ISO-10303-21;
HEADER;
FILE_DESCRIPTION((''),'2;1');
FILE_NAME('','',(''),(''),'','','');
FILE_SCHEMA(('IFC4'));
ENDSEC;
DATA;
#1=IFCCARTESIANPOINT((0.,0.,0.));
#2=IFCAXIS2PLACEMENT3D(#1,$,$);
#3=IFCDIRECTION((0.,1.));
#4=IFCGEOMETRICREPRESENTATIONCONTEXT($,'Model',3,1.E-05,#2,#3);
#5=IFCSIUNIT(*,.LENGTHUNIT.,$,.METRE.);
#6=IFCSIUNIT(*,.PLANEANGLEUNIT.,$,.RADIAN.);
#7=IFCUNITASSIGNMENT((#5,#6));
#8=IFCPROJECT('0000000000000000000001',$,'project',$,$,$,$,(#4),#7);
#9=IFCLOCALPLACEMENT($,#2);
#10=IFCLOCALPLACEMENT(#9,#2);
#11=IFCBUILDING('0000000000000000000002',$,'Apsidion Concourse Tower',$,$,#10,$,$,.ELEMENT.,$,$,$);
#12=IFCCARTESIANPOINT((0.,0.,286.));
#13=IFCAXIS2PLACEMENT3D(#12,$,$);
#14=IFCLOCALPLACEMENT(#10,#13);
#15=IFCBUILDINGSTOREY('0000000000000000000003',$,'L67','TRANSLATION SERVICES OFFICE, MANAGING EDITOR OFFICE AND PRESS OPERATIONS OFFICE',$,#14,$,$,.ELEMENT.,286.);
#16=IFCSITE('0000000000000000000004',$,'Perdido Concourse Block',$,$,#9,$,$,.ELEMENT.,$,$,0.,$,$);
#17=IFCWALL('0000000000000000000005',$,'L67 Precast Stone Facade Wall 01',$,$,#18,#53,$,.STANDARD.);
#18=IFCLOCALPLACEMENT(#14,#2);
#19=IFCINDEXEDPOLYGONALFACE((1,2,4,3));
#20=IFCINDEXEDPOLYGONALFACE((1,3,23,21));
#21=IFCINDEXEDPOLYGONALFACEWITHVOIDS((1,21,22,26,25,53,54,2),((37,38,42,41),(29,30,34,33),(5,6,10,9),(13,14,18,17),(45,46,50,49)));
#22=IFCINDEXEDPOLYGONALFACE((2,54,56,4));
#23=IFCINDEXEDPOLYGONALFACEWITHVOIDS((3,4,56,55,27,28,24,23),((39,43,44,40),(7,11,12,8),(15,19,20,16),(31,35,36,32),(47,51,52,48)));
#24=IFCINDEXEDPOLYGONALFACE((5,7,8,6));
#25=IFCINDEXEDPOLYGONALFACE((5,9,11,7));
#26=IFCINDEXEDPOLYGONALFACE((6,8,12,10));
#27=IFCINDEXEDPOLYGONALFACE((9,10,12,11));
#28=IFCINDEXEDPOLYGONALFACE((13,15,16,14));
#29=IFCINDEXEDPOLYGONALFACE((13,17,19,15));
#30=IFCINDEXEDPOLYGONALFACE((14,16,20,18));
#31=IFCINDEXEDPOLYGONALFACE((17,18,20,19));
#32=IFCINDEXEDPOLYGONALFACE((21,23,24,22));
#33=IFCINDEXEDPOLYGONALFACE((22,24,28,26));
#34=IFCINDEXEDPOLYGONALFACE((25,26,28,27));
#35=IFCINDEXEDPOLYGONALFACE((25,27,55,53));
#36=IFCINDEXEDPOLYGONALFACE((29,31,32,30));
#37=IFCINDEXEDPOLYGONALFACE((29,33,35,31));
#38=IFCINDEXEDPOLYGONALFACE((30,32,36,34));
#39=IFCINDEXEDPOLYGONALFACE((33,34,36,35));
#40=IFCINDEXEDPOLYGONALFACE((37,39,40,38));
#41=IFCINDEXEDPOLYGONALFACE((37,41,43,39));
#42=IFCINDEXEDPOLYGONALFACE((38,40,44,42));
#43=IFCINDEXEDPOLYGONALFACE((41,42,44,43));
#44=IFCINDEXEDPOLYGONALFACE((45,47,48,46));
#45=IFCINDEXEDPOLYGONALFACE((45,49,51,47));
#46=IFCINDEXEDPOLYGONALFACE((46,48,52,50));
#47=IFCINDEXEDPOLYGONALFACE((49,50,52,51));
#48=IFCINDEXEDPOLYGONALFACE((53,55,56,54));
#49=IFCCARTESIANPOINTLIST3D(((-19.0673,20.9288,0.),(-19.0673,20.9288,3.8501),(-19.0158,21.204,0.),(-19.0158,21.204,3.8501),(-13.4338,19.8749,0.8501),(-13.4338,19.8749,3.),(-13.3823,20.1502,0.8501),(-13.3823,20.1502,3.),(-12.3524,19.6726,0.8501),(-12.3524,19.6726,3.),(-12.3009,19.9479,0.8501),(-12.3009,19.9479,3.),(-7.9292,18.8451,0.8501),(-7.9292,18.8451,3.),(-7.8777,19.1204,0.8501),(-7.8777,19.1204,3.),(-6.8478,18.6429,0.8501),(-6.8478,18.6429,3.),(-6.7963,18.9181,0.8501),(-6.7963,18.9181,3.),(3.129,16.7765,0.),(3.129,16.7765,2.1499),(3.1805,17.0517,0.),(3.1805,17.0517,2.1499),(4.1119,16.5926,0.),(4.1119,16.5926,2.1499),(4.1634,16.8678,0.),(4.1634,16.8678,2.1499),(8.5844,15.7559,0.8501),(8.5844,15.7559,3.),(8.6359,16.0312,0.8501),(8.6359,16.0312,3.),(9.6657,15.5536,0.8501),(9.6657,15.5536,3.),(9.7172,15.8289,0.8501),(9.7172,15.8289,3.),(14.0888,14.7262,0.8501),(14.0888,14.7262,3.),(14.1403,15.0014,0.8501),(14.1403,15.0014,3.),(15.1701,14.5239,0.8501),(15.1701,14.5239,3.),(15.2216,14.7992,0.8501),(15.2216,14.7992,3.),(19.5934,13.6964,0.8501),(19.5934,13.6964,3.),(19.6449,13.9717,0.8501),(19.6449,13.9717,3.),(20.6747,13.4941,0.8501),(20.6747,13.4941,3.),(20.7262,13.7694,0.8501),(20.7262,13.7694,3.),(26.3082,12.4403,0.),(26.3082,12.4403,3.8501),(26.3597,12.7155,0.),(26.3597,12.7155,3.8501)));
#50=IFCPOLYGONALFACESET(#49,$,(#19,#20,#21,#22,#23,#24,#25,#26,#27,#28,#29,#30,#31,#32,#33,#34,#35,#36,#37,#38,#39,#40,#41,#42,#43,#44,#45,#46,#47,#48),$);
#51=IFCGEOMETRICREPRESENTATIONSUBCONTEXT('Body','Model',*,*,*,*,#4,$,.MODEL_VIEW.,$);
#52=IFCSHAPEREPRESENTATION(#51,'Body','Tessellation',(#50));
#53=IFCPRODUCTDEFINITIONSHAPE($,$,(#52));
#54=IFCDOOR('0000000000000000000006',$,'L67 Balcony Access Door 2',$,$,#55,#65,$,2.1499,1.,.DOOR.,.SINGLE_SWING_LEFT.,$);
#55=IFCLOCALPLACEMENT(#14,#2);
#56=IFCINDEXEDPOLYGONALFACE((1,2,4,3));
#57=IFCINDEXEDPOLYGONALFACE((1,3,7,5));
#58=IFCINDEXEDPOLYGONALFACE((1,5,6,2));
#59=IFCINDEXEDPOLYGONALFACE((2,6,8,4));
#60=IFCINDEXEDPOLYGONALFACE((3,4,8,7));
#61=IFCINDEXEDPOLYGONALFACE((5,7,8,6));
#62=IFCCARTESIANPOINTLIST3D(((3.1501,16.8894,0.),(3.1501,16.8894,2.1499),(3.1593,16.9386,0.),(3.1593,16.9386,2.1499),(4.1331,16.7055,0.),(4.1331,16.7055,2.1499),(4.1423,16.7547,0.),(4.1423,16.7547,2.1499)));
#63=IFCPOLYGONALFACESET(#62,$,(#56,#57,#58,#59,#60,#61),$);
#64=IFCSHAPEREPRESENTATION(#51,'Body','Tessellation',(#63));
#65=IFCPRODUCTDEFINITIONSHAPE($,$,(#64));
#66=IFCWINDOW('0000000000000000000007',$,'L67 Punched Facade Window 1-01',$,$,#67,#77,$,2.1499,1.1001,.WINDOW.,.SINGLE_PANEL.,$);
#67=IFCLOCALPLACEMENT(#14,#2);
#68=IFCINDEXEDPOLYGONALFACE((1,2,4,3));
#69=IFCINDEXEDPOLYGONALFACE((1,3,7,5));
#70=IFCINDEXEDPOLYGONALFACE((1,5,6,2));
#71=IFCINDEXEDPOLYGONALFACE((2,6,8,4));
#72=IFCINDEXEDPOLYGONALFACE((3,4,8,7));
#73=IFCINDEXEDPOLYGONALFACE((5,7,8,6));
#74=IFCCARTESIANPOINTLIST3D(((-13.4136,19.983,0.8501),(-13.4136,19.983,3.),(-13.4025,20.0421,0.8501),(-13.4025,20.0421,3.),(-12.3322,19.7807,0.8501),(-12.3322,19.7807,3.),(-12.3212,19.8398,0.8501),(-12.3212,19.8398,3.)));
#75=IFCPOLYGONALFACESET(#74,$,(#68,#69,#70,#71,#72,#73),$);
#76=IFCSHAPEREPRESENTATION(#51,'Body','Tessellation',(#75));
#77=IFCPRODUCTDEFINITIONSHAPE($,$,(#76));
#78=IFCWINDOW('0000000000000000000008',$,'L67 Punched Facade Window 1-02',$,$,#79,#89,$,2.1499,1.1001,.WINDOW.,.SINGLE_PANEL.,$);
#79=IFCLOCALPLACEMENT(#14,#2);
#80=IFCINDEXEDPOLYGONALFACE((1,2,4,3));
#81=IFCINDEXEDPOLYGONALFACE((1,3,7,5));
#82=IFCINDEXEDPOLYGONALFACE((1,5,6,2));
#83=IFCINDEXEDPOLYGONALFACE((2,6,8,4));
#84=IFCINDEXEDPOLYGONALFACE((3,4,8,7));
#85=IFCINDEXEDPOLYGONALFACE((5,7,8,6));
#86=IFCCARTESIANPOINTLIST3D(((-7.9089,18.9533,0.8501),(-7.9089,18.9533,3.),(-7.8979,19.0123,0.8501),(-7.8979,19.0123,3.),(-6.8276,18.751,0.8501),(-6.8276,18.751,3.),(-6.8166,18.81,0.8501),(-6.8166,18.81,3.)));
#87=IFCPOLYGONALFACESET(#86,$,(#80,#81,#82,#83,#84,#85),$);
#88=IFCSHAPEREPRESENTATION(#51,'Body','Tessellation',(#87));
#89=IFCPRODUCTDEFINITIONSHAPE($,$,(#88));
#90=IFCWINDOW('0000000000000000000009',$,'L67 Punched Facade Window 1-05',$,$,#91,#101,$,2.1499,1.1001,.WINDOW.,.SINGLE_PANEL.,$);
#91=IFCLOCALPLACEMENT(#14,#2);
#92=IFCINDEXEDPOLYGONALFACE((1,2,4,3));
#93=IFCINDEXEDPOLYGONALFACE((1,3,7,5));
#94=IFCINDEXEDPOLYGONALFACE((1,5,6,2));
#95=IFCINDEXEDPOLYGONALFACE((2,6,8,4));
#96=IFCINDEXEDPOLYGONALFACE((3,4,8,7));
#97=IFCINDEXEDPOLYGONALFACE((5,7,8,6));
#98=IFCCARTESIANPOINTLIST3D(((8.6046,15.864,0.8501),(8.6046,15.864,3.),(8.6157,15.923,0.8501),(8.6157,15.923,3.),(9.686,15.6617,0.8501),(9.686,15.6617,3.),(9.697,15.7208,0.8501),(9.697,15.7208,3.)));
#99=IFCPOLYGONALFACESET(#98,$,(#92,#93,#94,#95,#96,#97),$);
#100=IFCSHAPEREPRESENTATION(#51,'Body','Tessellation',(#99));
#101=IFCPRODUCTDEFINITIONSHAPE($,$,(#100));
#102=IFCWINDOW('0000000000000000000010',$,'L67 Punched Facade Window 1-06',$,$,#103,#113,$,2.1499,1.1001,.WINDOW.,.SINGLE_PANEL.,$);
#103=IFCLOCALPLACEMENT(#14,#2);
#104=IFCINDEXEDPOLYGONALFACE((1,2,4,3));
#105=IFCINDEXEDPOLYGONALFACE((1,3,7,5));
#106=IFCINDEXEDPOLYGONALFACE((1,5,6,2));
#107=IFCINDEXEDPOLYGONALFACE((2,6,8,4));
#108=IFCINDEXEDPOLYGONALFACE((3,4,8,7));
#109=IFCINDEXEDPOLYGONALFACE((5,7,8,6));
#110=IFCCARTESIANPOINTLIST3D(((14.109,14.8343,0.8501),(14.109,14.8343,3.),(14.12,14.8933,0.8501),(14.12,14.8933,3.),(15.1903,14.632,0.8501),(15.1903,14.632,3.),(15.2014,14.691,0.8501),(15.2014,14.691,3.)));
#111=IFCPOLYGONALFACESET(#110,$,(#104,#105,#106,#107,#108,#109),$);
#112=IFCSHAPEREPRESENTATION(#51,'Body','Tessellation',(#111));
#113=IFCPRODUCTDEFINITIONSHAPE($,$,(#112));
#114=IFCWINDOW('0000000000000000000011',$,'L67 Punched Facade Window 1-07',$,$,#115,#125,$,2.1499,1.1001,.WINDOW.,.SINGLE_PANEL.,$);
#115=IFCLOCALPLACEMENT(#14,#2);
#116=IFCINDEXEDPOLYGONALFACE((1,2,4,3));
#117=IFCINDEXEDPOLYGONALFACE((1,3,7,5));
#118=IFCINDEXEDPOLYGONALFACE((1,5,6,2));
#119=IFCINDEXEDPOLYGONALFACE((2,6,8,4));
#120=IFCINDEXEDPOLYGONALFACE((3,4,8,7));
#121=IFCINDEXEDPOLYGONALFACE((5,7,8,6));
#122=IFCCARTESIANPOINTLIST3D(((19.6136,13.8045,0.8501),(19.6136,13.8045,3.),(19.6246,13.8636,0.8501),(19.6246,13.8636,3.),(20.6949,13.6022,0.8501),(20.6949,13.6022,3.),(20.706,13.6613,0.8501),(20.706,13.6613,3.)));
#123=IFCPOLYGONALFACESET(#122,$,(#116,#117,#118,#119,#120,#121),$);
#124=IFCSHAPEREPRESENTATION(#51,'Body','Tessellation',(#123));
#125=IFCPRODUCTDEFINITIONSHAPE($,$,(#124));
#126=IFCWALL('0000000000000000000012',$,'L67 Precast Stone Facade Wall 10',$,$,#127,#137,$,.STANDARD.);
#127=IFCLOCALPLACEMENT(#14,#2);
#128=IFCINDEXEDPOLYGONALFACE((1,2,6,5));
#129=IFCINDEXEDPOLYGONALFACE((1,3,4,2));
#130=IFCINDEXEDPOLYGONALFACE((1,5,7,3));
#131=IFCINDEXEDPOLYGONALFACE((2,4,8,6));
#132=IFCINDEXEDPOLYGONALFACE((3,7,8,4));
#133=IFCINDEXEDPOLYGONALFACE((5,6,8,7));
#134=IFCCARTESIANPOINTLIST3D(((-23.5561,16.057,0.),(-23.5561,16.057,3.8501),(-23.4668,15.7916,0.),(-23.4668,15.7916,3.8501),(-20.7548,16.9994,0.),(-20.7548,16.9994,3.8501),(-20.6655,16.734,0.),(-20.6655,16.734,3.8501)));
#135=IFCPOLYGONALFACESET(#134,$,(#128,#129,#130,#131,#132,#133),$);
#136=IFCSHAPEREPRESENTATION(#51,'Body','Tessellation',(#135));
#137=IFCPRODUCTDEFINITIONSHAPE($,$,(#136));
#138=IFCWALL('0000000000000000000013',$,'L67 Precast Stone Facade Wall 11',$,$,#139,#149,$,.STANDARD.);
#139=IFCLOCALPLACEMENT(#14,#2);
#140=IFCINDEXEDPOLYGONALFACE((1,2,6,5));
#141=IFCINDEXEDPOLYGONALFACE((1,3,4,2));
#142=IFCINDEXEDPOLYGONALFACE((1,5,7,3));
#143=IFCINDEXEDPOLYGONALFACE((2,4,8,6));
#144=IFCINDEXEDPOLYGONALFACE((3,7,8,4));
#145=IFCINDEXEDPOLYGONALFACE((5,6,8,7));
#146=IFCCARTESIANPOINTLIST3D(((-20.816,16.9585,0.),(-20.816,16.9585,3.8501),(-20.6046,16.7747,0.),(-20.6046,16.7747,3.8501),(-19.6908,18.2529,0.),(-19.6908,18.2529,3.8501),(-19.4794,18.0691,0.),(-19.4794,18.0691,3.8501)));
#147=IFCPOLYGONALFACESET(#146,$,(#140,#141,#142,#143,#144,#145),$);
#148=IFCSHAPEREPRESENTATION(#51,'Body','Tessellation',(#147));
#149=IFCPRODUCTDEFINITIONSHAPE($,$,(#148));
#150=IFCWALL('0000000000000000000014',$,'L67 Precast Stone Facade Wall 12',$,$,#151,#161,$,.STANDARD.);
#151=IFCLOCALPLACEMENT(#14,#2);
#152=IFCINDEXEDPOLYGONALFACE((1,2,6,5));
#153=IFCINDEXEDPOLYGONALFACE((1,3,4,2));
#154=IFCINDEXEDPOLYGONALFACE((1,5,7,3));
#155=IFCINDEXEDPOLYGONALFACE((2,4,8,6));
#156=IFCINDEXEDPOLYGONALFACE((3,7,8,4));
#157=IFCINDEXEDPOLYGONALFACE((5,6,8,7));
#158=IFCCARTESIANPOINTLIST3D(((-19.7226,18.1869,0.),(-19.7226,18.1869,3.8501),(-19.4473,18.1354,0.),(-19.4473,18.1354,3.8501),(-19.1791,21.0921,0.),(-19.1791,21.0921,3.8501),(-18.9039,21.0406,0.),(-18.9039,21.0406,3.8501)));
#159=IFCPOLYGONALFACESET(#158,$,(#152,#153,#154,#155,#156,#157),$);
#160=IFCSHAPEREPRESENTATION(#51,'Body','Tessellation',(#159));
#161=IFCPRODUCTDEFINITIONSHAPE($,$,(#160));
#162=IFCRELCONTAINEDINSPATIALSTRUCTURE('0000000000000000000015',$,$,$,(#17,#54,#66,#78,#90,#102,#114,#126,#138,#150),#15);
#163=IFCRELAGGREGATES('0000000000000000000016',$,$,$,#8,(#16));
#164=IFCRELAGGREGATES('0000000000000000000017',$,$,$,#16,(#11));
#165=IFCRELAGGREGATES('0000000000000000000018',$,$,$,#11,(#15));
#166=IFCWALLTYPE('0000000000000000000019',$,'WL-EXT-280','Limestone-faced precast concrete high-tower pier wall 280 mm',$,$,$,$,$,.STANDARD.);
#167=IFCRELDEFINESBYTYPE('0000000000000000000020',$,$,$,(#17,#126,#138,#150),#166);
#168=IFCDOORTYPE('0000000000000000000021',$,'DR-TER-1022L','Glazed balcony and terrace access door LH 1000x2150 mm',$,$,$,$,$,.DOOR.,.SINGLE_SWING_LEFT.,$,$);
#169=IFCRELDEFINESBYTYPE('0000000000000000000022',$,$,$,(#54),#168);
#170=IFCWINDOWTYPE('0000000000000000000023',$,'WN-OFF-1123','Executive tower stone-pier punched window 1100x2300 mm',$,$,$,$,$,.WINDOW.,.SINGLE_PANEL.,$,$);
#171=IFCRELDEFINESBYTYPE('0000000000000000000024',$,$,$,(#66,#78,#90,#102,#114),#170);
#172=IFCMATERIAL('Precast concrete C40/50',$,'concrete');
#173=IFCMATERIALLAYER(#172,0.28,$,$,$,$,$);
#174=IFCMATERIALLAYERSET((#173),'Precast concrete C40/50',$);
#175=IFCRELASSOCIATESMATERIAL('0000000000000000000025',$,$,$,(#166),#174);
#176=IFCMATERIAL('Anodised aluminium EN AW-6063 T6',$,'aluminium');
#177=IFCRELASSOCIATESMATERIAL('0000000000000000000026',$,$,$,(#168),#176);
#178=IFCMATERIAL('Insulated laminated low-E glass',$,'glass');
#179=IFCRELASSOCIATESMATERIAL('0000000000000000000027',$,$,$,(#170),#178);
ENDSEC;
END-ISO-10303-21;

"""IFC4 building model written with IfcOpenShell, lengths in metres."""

from ifc_helpers import new_model, si_unit, direction, frame, frame_2d, origin, place, context, subcontext, project, spatial, rectangle, extrude, material, layer, layer_set, type_object, element, fill, save


model = new_model("IFC4")

# Units and contexts
model_context = context("Model", 3, precision=1e-05, world=origin(), true_north=direction((0.0, 1.0)))
body_context = subcontext(model_context, "Body", "Model", "MODEL_VIEW")
ifc_project = project(units=[si_unit("LENGTHUNIT", "METRE"), si_unit("PLANEANGLEUNIT", "RADIAN")], contexts=[model_context])

# Site, building, storey
site_placement = place(None, origin())
site = spatial("IfcSite", under=ifc_project, at=site_placement, Name="Perdido Concourse Block", CompositionType="ELEMENT", RefElevation=0.0)
building_placement = place(site_placement, origin())
building = spatial("IfcBuilding", under=site, at=building_placement, Name="Apsidion Concourse Tower", CompositionType="ELEMENT")
storey_placement = place(building_placement, frame((0.0, 0.0, 286.0)))
storey = spatial("IfcBuildingStorey", under=building, at=storey_placement, Name="L67", Description="TRANSLATION SERVICES OFFICE, MANAGING EDITOR OFFICE AND PRESS OPERATIONS OFFICE", CompositionType="ELEMENT", Elevation=286.0)

# Wall, openings, door, windows
ifc_material_1 = material(Name="Precast concrete C40/50", Category="concrete")
ifc_layer = layer(ifc_material_1, 0.28)
ifc_layer_set = layer_set([ifc_layer], Name="Precast concrete C40/50")
wall_type = type_object("IfcWallType", Name="WL-EXT-280", Description="Limestone-faced precast concrete high-tower pier wall 280 mm", PredefinedType="STANDARD", material=ifc_layer_set)
wall_1_placement = place(storey_placement, frame((-19.0415, 21.0664, 0.0), z_axis=(0.0, 0.0, 1.0), x_axis=(0.982948, -0.183883, 0.0)))
wall_1 = element("IfcWall", 1, at=wall_1_placement, inside=storey, type_object=wall_type, Name="L67 Precast Stone Facade Wall 01", PredefinedType="STANDARD", context=body_context, shape_type="SweptSolid", body=[
    extrude(rectangle(XDim=46.1626, YDim=0.28, at=frame_2d((23.0813, 0.0))), origin(), (0.0, 0.0, 1.0), 3.8501),
])
opening_1_placement = place(wall_1_placement, frame((22.5813, 0.0, 0.0)))
opening_1 = element("IfcOpeningElement", 2, at=opening_1_placement, cuts=wall_1, PredefinedType="OPENING", context=body_context, shape_type="SweptSolid", body=[
    extrude(rectangle(XDim=1.0, YDim=2.1499, at=frame_2d((0.5, 1.075))), frame((0.0, 0.1499, 0.0), z_axis=(0.0, -1.0, 0.0), x_axis=(1.0, 0.0, 0.0)), (0.0, 0.0, 1.0), 0.3),
])
opening_2_placement = place(wall_1_placement, frame((5.7312, 0.0, 0.8501)))
opening_2 = element("IfcOpeningElement", 3, at=opening_2_placement, cuts=wall_1, PredefinedType="OPENING", context=body_context, shape_type="SweptSolid", body=[
    extrude(rectangle(XDim=1.1001, YDim=2.1499, at=frame_2d((0.55, 1.075))), frame((0.0, 0.1499, 0.0), z_axis=(0.0, -1.0, 0.0), x_axis=(1.0, 0.0, 0.0)), (0.0, 0.0, 1.0), 0.3),
])
opening_3_placement = place(wall_1_placement, frame((11.3313, 0.0, 0.8501)))
opening_3 = element("IfcOpeningElement", 4, at=opening_3_placement, cuts=wall_1, PredefinedType="OPENING", context=body_context, shape_type="SweptSolid", body=[
    extrude(rectangle(XDim=1.1001, YDim=2.1499, at=frame_2d((0.55, 1.075))), frame((0.0, 0.1499, 0.0), z_axis=(0.0, -1.0, 0.0), x_axis=(1.0, 0.0, 0.0)), (0.0, 0.0, 1.0), 0.3),
])
opening_4_placement = place(wall_1_placement, frame((28.1313, 0.0, 0.8501)))
opening_4 = element("IfcOpeningElement", 5, at=opening_4_placement, cuts=wall_1, PredefinedType="OPENING", context=body_context, shape_type="SweptSolid", body=[
    extrude(rectangle(XDim=1.1001, YDim=2.1499, at=frame_2d((0.55, 1.075))), frame((0.0, 0.1499, 0.0), z_axis=(0.0, -1.0, 0.0), x_axis=(1.0, 0.0, 0.0)), (0.0, 0.0, 1.0), 0.3),
])
opening_5_placement = place(wall_1_placement, frame((33.7312, 0.0, 0.8501)))
opening_5 = element("IfcOpeningElement", 6, at=opening_5_placement, cuts=wall_1, PredefinedType="OPENING", context=body_context, shape_type="SweptSolid", body=[
    extrude(rectangle(XDim=1.1001, YDim=2.1499, at=frame_2d((0.55, 1.075))), frame((0.0, 0.1499, 0.0), z_axis=(0.0, -1.0, 0.0), x_axis=(1.0, 0.0, 0.0)), (0.0, 0.0, 1.0), 0.3),
])
opening_6_placement = place(wall_1_placement, frame((39.3313, 0.0, 0.8501)))
opening_6 = element("IfcOpeningElement", 7, at=opening_6_placement, cuts=wall_1, PredefinedType="OPENING", context=body_context, shape_type="SweptSolid", body=[
    extrude(rectangle(XDim=1.1001, YDim=2.1499, at=frame_2d((0.55, 1.075))), frame((0.0, 0.1499, 0.0), z_axis=(0.0, -1.0, 0.0), x_axis=(1.0, 0.0, 0.0)), (0.0, 0.0, 1.0), 0.3),
])
ifc_material_2 = material(Name="Anodised aluminium EN AW-6063 T6", Category="aluminium")
door_type = type_object("IfcDoorType", Name="DR-TER-1022L", Description="Glazed balcony and terrace access door LH 1000x2150 mm", OperationType="SINGLE_SWING_LEFT", PredefinedType="DOOR", material=ifc_material_2)
door_placement = place(opening_1_placement, origin())
door = element("IfcDoor", 8, at=door_placement, inside=storey, type_object=door_type, Name="L67 Balcony Access Door 2", OperationType="SINGLE_SWING_LEFT", OverallHeight=2.1499, OverallWidth=1.0, PredefinedType="DOOR", context=body_context, shape_type="SweptSolid", body=[
    extrude(rectangle(XDim=1.0, YDim=2.1499, at=frame_2d((0.5, 1.075))), frame((0.0, 0.0249, 0.0), z_axis=(0.0, -1.0, 0.0), x_axis=(1.0, 0.0, 0.0)), (0.0, 0.0, 1.0), 0.05),
])
fill(opening_1, door)
ifc_material_3 = material(Name="Insulated laminated low-E glass", Category="glass")
window_type = type_object("IfcWindowType", Name="WN-OFF-1123", Description="Executive tower stone-pier punched window 1100x2300 mm", PartitioningType="SINGLE_PANEL", PredefinedType="WINDOW", material=ifc_material_3)
window_1_placement = place(opening_2_placement, origin())
window_1 = element("IfcWindow", 9, at=window_1_placement, inside=storey, type_object=window_type, Name="L67 Punched Facade Window 1-01", OverallHeight=2.1499, OverallWidth=1.1001, PartitioningType="SINGLE_PANEL", PredefinedType="WINDOW", context=body_context, shape_type="SweptSolid", body=[
    extrude(rectangle(XDim=1.1001, YDim=2.1499, at=frame_2d((0.55, 1.075))), frame((0.0, 0.03, 0.0), z_axis=(0.0, -1.0, 0.0), x_axis=(1.0, 0.0, 0.0)), (0.0, 0.0, 1.0), 0.0601),
])
fill(opening_2, window_1)
window_2_placement = place(opening_3_placement, origin())
window_2 = element("IfcWindow", 10, at=window_2_placement, inside=storey, type_object=window_type, Name="L67 Punched Facade Window 1-02", OverallHeight=2.1499, OverallWidth=1.1001, PartitioningType="SINGLE_PANEL", PredefinedType="WINDOW", context=body_context, shape_type="SweptSolid", body=[
    extrude(rectangle(XDim=1.1001, YDim=2.1499, at=frame_2d((0.55, 1.075))), frame((0.0, 0.03, 0.0), z_axis=(0.0, -1.0, 0.0), x_axis=(1.0, 0.0, 0.0)), (0.0, 0.0, 1.0), 0.0601),
])
fill(opening_3, window_2)
window_3_placement = place(opening_4_placement, origin())
window_3 = element("IfcWindow", 11, at=window_3_placement, inside=storey, type_object=window_type, Name="L67 Punched Facade Window 1-05", OverallHeight=2.1499, OverallWidth=1.1001, PartitioningType="SINGLE_PANEL", PredefinedType="WINDOW", context=body_context, shape_type="SweptSolid", body=[
    extrude(rectangle(XDim=1.1001, YDim=2.1499, at=frame_2d((0.55, 1.075))), frame((0.0, 0.03, 0.0), z_axis=(0.0, -1.0, 0.0), x_axis=(1.0, 0.0, 0.0)), (0.0, 0.0, 1.0), 0.0601),
])
fill(opening_4, window_3)
window_4_placement = place(opening_5_placement, origin())
window_4 = element("IfcWindow", 12, at=window_4_placement, inside=storey, type_object=window_type, Name="L67 Punched Facade Window 1-06", OverallHeight=2.1499, OverallWidth=1.1001, PartitioningType="SINGLE_PANEL", PredefinedType="WINDOW", context=body_context, shape_type="SweptSolid", body=[
    extrude(rectangle(XDim=1.1001, YDim=2.1499, at=frame_2d((0.55, 1.075))), frame((0.0, 0.03, 0.0), z_axis=(0.0, -1.0, 0.0), x_axis=(1.0, 0.0, 0.0)), (0.0, 0.0, 1.0), 0.0601),
])
fill(opening_5, window_4)
window_5_placement = place(opening_6_placement, origin())
window_5 = element("IfcWindow", 13, at=window_5_placement, inside=storey, type_object=window_type, Name="L67 Punched Facade Window 1-07", OverallHeight=2.1499, OverallWidth=1.1001, PartitioningType="SINGLE_PANEL", PredefinedType="WINDOW", context=body_context, shape_type="SweptSolid", body=[
    extrude(rectangle(XDim=1.1001, YDim=2.1499, at=frame_2d((0.55, 1.075))), frame((0.0, 0.03, 0.0), z_axis=(0.0, -1.0, 0.0), x_axis=(1.0, 0.0, 0.0)), (0.0, 0.0, 1.0), 0.0601),
])
fill(opening_6, window_5)

# Walls
wall_2_placement = place(storey_placement, frame((-23.5115, 15.9243, 0.0), z_axis=(0.0, 0.0, 1.0), x_axis=(0.947804, 0.318853, 0.0)))
element("IfcWall", 14, at=wall_2_placement, inside=storey, type_object=wall_type, Name="L67 Precast Stone Facade Wall 10", PredefinedType="STANDARD", context=body_context, shape_type="SweptSolid", body=[
    extrude(rectangle(XDim=2.9556, YDim=0.28, at=frame_2d((1.4778, 0.0))), origin(), (0.0, 0.0, 1.0), 3.8501),
])
wall_3_placement = place(storey_placement, frame((-20.7102, 16.8667, 0.0), z_axis=(0.0, 0.0, 1.0), x_axis=(0.656062, 0.754707, 0.0)))
element("IfcWall", 15, at=wall_3_placement, inside=storey, type_object=wall_type, Name="L67 Precast Stone Facade Wall 11", PredefinedType="STANDARD", context=body_context, shape_type="SweptSolid", body=[
    extrude(rectangle(XDim=1.7151, YDim=0.28, at=frame_2d((0.8574, 0.0))), origin(), (0.0, 0.0, 1.0), 3.8501),
])
wall_4_placement = place(storey_placement, frame((-19.585, 18.1611, 0.0), z_axis=(0.0, 0.0, 1.0), x_axis=(0.18387, 0.982951, 0.0)))
element("IfcWall", 16, at=wall_4_placement, inside=storey, type_object=wall_type, Name="L67 Precast Stone Facade Wall 12", PredefinedType="STANDARD", context=body_context, shape_type="SweptSolid", body=[
    extrude(rectangle(XDim=2.9556, YDim=0.28, at=frame_2d((1.4778, 0.0))), origin(), (0.0, 0.0, 1.0), 3.8501),
])

save(model, "model.ifc")
